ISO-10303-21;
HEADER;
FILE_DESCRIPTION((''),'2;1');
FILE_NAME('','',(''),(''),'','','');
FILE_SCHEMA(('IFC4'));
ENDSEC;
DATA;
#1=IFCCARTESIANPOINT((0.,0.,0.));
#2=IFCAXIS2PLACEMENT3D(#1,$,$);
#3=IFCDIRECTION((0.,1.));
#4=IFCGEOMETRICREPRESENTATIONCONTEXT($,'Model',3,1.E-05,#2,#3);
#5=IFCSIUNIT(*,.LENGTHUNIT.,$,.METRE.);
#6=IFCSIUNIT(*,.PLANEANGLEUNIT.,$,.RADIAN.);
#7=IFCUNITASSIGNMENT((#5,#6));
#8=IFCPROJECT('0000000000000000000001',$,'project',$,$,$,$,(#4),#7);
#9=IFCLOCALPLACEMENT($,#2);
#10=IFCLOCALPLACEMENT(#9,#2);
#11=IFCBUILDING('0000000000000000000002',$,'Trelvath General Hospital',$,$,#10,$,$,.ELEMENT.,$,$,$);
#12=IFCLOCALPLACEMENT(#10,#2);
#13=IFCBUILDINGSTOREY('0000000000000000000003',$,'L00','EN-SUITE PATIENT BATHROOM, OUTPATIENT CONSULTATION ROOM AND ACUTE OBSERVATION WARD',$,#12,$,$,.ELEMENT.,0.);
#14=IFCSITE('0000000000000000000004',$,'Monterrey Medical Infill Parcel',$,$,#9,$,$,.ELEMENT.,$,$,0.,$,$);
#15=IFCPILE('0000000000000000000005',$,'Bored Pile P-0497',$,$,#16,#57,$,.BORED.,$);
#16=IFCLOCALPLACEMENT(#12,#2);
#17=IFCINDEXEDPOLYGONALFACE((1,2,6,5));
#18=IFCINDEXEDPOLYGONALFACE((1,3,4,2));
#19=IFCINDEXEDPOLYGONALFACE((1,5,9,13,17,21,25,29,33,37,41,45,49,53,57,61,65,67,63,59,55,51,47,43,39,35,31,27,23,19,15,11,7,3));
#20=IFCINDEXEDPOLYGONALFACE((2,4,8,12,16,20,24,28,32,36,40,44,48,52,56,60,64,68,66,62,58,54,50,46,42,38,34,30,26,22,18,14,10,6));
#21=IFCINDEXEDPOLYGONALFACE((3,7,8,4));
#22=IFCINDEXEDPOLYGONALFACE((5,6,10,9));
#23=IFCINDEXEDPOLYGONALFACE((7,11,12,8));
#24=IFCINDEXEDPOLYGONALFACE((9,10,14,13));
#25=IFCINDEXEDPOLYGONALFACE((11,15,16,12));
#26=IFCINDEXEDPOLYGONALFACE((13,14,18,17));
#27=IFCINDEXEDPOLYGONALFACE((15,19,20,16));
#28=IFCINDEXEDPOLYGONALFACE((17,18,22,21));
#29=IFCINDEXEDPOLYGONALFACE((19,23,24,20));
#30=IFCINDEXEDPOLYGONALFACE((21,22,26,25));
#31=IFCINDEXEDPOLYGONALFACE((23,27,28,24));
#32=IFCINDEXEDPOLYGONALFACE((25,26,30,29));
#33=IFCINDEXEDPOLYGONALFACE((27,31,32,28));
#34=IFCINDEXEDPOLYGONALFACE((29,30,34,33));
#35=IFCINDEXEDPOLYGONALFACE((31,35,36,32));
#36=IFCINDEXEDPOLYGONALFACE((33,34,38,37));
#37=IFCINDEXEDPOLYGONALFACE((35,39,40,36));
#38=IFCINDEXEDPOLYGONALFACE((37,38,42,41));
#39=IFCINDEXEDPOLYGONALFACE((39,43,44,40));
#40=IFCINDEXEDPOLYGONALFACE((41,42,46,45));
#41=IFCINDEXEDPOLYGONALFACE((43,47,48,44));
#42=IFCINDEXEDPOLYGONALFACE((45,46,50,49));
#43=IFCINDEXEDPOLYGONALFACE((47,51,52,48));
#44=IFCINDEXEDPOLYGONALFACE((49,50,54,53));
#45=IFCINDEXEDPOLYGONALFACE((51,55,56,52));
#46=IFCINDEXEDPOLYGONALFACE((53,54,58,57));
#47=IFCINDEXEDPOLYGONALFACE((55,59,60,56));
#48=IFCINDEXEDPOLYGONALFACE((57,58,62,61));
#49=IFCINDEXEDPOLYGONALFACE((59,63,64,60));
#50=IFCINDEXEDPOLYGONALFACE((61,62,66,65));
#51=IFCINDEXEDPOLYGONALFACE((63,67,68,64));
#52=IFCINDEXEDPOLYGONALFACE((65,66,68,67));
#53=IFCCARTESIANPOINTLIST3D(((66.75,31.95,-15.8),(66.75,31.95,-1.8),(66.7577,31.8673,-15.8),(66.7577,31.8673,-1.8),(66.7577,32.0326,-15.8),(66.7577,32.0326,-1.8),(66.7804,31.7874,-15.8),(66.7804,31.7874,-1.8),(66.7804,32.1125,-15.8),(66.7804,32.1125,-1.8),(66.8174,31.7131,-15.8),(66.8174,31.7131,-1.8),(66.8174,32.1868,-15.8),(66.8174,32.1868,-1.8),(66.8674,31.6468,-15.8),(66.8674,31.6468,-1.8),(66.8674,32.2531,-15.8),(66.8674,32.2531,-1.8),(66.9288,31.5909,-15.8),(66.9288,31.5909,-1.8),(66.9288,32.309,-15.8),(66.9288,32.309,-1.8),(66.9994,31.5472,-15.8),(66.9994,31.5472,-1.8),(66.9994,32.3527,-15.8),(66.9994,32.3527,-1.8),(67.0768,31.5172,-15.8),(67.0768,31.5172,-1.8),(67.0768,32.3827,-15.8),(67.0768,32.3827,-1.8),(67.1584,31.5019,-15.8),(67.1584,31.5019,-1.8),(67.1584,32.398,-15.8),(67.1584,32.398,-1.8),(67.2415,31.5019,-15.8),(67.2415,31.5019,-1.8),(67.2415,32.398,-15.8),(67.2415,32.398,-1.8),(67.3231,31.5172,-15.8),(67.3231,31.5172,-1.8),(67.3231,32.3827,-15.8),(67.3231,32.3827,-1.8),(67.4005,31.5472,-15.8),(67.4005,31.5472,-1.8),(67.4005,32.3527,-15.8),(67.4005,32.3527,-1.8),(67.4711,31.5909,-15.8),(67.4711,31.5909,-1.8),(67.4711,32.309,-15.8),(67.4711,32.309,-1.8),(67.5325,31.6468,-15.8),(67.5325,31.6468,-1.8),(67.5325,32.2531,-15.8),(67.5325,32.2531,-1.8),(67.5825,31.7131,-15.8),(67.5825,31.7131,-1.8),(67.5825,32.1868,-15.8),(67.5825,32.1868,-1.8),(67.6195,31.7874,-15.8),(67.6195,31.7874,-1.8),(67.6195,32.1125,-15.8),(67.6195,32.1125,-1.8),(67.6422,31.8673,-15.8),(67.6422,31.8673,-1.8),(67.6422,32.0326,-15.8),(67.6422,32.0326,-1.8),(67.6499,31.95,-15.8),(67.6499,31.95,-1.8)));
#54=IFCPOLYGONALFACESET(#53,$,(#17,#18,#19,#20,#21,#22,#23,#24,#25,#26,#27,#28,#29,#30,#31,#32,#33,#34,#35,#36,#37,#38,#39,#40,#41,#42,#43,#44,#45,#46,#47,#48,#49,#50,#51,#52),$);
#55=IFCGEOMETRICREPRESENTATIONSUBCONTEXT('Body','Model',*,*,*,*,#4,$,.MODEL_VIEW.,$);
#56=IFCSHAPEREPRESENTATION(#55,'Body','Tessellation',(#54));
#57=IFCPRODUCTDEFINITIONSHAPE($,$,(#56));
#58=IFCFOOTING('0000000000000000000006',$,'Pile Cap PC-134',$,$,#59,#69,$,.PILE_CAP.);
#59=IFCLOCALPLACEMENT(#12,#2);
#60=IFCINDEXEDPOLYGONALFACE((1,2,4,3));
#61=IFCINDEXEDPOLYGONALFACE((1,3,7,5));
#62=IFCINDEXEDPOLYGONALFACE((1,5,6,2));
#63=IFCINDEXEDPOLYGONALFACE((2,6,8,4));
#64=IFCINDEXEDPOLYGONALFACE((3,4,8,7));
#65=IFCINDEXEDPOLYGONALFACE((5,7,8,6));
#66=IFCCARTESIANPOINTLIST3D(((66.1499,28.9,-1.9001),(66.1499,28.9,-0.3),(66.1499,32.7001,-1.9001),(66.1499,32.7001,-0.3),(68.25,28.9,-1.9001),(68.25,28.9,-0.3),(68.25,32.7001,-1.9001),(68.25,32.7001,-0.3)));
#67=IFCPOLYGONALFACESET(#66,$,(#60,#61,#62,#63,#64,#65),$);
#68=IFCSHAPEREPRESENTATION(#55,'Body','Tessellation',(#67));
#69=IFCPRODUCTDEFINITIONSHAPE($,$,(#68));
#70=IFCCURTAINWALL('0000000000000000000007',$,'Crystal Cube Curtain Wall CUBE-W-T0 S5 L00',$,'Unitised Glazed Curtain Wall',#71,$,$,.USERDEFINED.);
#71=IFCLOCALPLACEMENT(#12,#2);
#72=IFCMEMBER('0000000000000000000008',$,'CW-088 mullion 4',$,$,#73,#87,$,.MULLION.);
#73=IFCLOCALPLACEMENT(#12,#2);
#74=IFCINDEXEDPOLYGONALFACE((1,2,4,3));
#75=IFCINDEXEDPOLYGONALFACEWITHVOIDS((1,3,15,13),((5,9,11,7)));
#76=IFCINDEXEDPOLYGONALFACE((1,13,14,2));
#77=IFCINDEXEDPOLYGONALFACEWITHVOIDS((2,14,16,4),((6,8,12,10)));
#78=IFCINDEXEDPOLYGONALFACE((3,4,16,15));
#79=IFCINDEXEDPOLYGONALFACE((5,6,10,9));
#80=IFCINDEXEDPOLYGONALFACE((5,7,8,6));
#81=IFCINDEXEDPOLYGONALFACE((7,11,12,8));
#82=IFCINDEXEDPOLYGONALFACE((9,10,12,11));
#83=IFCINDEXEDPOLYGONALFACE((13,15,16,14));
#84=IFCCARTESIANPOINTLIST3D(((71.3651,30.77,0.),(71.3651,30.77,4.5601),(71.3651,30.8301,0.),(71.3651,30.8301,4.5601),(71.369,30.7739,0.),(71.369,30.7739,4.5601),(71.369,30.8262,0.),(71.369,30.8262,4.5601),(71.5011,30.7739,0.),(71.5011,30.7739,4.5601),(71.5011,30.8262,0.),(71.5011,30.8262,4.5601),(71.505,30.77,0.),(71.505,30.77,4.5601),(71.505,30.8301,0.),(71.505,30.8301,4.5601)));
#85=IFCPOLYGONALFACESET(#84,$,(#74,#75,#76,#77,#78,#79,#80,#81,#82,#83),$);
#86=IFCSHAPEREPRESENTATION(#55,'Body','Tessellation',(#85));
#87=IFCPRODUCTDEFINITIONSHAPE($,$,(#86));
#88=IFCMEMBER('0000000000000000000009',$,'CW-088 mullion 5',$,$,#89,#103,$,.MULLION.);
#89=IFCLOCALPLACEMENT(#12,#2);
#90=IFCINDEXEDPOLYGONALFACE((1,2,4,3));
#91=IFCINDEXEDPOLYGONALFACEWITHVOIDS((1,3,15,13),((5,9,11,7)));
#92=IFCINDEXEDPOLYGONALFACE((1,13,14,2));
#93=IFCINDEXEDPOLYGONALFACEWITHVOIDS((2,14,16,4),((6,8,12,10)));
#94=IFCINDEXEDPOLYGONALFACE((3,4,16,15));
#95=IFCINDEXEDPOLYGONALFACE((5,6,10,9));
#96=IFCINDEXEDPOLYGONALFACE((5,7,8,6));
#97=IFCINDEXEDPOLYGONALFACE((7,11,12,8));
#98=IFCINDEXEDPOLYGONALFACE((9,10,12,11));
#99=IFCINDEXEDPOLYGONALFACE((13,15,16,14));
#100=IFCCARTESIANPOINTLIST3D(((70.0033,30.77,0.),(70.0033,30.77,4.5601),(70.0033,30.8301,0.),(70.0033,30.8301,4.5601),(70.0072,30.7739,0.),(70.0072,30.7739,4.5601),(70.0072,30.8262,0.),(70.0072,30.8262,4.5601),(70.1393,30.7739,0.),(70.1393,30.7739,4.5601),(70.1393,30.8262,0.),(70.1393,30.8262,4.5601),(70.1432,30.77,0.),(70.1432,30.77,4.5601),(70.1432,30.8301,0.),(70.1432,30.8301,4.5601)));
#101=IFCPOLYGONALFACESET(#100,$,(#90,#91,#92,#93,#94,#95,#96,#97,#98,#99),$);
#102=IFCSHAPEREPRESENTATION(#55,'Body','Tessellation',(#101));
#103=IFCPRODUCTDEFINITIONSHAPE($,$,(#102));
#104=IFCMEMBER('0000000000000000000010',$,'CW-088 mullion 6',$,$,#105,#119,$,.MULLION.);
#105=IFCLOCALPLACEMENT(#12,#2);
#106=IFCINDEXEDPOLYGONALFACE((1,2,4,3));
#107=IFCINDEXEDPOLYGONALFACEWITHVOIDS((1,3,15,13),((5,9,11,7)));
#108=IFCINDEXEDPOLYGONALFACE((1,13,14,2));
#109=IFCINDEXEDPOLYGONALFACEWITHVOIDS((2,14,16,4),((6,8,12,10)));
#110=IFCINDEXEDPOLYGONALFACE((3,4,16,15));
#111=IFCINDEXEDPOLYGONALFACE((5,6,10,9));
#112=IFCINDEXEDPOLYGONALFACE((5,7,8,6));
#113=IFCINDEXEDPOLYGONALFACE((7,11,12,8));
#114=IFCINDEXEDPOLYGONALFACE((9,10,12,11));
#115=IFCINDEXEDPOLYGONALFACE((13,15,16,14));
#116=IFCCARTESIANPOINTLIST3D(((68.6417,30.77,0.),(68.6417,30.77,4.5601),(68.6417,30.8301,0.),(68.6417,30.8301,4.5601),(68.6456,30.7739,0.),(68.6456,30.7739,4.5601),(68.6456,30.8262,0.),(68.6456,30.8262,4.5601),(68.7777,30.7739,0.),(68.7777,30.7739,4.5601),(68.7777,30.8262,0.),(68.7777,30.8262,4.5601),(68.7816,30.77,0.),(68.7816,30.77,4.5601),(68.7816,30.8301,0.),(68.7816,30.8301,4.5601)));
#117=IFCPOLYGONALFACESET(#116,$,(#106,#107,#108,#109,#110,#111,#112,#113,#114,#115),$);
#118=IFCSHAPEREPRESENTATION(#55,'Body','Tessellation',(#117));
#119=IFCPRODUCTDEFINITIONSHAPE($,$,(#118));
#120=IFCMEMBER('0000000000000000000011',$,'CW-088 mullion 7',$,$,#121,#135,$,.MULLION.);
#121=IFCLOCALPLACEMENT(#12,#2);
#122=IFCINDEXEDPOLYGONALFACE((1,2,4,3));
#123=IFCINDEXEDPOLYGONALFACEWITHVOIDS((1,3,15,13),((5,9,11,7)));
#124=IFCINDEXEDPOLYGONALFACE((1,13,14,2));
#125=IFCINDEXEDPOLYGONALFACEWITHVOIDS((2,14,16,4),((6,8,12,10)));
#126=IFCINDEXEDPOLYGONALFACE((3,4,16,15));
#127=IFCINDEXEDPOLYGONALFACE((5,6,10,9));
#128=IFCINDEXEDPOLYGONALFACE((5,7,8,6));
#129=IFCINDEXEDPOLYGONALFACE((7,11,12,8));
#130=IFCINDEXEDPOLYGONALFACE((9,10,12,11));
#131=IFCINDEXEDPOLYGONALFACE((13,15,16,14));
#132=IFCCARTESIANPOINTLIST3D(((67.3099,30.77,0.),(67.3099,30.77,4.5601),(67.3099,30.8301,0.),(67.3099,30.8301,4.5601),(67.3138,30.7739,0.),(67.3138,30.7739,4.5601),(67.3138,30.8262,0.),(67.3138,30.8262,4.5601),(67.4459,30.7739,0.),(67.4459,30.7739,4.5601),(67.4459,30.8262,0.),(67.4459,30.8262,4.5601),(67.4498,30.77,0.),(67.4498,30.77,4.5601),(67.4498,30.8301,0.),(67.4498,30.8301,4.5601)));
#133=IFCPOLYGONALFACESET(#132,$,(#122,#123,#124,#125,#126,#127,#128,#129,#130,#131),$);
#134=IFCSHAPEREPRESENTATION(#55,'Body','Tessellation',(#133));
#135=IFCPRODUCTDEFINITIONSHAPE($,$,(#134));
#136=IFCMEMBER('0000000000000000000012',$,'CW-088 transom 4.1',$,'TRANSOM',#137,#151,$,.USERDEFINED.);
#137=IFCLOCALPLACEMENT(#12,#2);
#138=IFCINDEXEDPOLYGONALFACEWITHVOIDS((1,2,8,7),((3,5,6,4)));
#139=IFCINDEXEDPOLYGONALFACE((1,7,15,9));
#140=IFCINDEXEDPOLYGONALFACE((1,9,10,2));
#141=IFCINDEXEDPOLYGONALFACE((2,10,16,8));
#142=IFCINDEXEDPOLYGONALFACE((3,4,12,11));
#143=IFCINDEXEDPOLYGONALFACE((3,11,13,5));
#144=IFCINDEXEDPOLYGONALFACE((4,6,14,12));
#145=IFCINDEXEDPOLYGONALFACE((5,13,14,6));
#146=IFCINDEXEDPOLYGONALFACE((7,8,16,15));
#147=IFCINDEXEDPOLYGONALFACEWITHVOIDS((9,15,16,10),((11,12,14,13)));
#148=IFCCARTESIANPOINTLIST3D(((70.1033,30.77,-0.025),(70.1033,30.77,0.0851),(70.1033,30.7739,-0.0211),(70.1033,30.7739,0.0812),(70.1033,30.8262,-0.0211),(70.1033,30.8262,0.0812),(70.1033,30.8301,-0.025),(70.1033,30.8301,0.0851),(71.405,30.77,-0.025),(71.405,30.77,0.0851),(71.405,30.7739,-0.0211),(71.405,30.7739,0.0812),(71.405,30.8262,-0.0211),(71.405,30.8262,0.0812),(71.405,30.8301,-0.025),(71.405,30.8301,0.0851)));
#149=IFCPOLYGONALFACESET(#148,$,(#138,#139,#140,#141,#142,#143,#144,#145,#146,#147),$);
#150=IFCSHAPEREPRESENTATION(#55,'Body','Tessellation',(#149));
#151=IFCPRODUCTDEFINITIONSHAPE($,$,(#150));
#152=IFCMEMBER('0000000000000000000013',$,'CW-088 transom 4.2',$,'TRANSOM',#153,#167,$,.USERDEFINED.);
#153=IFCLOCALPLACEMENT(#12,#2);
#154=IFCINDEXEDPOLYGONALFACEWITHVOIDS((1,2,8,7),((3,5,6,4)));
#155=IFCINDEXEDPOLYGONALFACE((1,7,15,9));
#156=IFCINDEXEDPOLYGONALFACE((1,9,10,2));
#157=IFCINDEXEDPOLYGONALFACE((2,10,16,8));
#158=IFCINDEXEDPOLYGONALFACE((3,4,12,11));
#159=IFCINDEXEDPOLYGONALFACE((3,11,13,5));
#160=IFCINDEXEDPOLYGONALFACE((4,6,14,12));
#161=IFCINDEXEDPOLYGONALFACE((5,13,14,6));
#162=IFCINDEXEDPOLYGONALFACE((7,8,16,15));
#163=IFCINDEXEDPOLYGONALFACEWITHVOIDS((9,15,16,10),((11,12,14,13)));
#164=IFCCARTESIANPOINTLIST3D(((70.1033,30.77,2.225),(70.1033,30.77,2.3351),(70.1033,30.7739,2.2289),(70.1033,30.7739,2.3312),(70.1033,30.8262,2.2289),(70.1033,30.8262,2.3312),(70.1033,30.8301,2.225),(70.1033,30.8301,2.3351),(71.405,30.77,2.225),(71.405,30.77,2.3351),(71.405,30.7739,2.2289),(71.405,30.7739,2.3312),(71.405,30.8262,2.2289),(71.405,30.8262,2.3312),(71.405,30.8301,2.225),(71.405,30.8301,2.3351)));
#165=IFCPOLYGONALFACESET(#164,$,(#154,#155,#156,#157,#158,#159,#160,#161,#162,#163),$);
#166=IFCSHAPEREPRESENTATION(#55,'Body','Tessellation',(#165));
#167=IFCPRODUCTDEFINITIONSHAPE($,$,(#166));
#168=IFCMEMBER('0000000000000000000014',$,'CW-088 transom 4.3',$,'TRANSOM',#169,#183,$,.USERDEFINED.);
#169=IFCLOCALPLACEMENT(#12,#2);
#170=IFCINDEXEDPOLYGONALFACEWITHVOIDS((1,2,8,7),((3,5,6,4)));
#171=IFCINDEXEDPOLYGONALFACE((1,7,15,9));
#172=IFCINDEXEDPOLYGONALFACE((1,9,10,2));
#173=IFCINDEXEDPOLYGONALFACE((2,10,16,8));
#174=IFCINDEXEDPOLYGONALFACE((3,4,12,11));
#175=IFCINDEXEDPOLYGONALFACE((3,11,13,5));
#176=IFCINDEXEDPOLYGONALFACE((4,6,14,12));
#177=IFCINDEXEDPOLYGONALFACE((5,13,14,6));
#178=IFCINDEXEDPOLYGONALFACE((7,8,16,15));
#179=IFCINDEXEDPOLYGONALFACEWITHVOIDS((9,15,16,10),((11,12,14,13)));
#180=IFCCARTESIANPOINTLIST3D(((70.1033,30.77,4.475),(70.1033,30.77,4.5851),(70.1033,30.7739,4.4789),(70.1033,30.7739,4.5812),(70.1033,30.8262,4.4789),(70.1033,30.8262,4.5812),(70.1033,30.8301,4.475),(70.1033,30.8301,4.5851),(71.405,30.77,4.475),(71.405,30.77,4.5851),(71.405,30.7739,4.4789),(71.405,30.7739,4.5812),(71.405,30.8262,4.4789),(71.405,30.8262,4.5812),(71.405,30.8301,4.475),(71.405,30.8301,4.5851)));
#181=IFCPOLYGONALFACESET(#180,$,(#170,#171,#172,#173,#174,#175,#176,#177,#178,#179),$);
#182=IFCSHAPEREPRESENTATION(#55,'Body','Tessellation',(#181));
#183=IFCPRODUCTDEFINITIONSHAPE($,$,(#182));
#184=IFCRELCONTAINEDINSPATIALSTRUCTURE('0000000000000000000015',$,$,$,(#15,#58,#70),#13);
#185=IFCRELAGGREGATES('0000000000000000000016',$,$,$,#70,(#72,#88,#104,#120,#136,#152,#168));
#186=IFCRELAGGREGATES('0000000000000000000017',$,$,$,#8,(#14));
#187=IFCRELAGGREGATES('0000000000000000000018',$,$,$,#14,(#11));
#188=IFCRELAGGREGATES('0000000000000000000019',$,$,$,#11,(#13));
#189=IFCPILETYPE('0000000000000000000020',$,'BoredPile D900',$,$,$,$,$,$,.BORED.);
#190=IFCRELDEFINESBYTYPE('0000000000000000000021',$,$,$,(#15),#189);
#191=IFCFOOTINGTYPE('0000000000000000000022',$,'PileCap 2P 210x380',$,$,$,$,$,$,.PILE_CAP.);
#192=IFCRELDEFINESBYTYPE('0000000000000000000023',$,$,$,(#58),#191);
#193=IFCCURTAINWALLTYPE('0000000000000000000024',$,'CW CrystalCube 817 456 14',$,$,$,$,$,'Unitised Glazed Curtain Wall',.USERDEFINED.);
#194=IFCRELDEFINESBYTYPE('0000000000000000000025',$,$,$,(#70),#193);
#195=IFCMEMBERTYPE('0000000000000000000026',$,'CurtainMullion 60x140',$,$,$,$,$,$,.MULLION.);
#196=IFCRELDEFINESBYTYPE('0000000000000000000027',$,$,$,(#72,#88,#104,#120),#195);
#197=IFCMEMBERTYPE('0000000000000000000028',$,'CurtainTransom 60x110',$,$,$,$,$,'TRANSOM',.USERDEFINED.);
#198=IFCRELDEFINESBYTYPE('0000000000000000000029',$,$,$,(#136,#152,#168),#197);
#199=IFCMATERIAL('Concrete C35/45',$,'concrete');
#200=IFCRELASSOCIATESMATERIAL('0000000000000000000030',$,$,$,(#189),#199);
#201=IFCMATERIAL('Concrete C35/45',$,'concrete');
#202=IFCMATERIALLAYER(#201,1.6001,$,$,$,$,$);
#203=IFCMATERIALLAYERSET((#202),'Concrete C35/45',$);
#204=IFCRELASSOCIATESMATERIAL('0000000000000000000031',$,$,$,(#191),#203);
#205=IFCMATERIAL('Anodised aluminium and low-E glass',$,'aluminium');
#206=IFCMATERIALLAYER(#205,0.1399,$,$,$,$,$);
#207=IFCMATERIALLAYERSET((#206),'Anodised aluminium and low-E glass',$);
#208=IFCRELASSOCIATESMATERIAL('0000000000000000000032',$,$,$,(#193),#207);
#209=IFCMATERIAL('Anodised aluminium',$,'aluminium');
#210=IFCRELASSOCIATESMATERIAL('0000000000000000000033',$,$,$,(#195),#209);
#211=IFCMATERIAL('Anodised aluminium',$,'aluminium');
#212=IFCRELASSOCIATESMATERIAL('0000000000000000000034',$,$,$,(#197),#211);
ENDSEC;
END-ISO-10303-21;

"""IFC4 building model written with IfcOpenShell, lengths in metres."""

from ifc_helpers import new_model, si_unit, direction, frame, origin, origin_2d, place, context, subcontext, project, spatial, rectangle, hollow_rectangle, circle, extrude, material, layer, layer_set, material_profile, profile_set, type_object, element, aggregate, save


model = new_model("IFC4")

# Units and contexts
model_context = context("Model", 3, precision=1e-05, world=origin(), true_north=direction((0.0, 1.0)))
body_context = subcontext(model_context, "Body", "Model", "MODEL_VIEW")
ifc_project = project(units=[si_unit("LENGTHUNIT", "METRE"), si_unit("PLANEANGLEUNIT", "RADIAN")], contexts=[model_context])

# Site, building, storey
site_placement = place(None, origin())
site = spatial("IfcSite", under=ifc_project, at=site_placement, Name="Monterrey Medical Infill Parcel", CompositionType="ELEMENT", RefElevation=0.0)
building_placement = place(site_placement, origin())
building = spatial("IfcBuilding", under=site, at=building_placement, Name="Trelvath General Hospital", CompositionType="ELEMENT")
storey_placement = place(building_placement, origin())
storey = spatial("IfcBuildingStorey", under=building, at=storey_placement, Name="L00", Description="EN-SUITE PATIENT BATHROOM, OUTPATIENT CONSULTATION ROOM AND ACUTE OBSERVATION WARD", CompositionType="ELEMENT", Elevation=0.0)

# Pile
ifc_material_1 = material(Name="Concrete C35/45", Category="concrete")
ifc_material_profile_1 = material_profile(ifc_material_1, circle(Radius=0.45, at=origin_2d()), Name="PILE900")
ifc_profile_set_1 = profile_set([ifc_material_profile_1], Name="Concrete C35/45")
pile_type = type_object("IfcPileType", Name="BoredPile D900", PredefinedType="BORED", material=ifc_profile_set_1)
pile_placement = place(storey_placement, frame((67.2, 31.95, -1.8), z_axis=(0.0, 0.0, -1.0), x_axis=(1.0, 0.0, 0.0)))
element("IfcPile", 1, at=pile_placement, inside=storey, type_object=pile_type, Name="Bored Pile P-0497", PredefinedType="BORED", context=body_context, shape_type="SweptSolid", body=[
    extrude(circle(Radius=0.45, at=origin_2d()), origin(), (0.0, 0.0, 1.0), 14.0),
])

# Footing
ifc_material_2 = material(Name="Concrete C35/45", Category="concrete")
ifc_layer_1 = layer(ifc_material_2, 1.6001)
ifc_layer_set_1 = layer_set([ifc_layer_1], Name="Concrete C35/45")
footing_type = type_object("IfcFootingType", Name="PileCap 2P 210x380", PredefinedType="PILE_CAP", material=ifc_layer_set_1)
footing_placement = place(storey_placement, frame((67.2, 30.8, -1.9001), z_axis=(0.0, 0.0, 1.0), x_axis=(1.0, 0.0, 0.0)))
element("IfcFooting", 2, at=footing_placement, inside=storey, type_object=footing_type, Name="Pile Cap PC-134", PredefinedType="PILE_CAP", context=body_context, shape_type="SweptSolid", body=[
    extrude(rectangle(XDim=2.1001, YDim=3.8, at=origin_2d()), origin(), (0.0, 0.0, 1.0), 1.6001),
])

# Curtain wall, members
ifc_material_3 = material(Name="Anodised aluminium and low-E glass", Category="aluminium")
ifc_layer_2 = layer(ifc_material_3, 0.1399)
ifc_layer_set_2 = layer_set([ifc_layer_2], Name="Anodised aluminium and low-E glass")
curtain_wall_type = type_object("IfcCurtainWallType", Name="CW CrystalCube 817 456 14", ElementType="Unitised Glazed Curtain Wall", PredefinedType="USERDEFINED", material=ifc_layer_set_2)
curtain_wall_placement = place(storey_placement, origin())
curtain_wall = element("IfcCurtainWall", 3, at=curtain_wall_placement, inside=storey, type_object=curtain_wall_type, Name="Crystal Cube Curtain Wall CUBE-W-T0 S5 L00", ObjectType="Unitised Glazed Curtain Wall", PredefinedType="USERDEFINED")
ifc_material_4 = material(Name="Anodised aluminium", Category="aluminium")
ifc_material_profile_2 = material_profile(ifc_material_4, hollow_rectangle(XDim=0.0601, YDim=0.1399, WallThickness=0.0039, at=origin_2d()), Name="RHS60x140x4")
ifc_profile_set_2 = profile_set([ifc_material_profile_2], Name="Anodised aluminium")
member_type_1 = type_object("IfcMemberType", Name="CurtainMullion 60x140", PredefinedType="MULLION", material=ifc_profile_set_2)
member_1_placement = place(storey_placement, frame((71.4351, 30.8, 0.0), z_axis=(0.0, 0.0, 1.0), x_axis=(0.0, -1.0, 0.0)))
member_1 = element("IfcMember", 4, at=member_1_placement, type_object=member_type_1, Name="CW-088 mullion 4", PredefinedType="MULLION", context=body_context, shape_type="SweptSolid", body=[
    extrude(hollow_rectangle(XDim=0.0601, YDim=0.1399, WallThickness=0.0039, at=origin_2d()), origin(), (0.0, 0.0, 1.0), 4.5601),
])
member_2_placement = place(storey_placement, frame((70.0732, 30.8, 0.0), z_axis=(0.0, 0.0, 1.0), x_axis=(0.0, -1.0, 0.0)))
member_2 = element("IfcMember", 5, at=member_2_placement, type_object=member_type_1, Name="CW-088 mullion 5", PredefinedType="MULLION", context=body_context, shape_type="SweptSolid", body=[
    extrude(hollow_rectangle(XDim=0.0601, YDim=0.1399, WallThickness=0.0039, at=origin_2d()), origin(), (0.0, 0.0, 1.0), 4.5601),
])
member_3_placement = place(storey_placement, frame((68.7117, 30.8, 0.0), z_axis=(0.0, 0.0, 1.0), x_axis=(0.0, -1.0, 0.0)))
member_3 = element("IfcMember", 6, at=member_3_placement, type_object=member_type_1, Name="CW-088 mullion 6", PredefinedType="MULLION", context=body_context, shape_type="SweptSolid", body=[
    extrude(hollow_rectangle(XDim=0.0601, YDim=0.1399, WallThickness=0.0039, at=origin_2d()), origin(), (0.0, 0.0, 1.0), 4.5601),
])
member_4_placement = place(storey_placement, frame((67.3799, 30.8, 0.0), z_axis=(0.0, 0.0, 1.0), x_axis=(0.0, -1.0, 0.0)))
member_4 = element("IfcMember", 7, at=member_4_placement, type_object=member_type_1, Name="CW-088 mullion 7", PredefinedType="MULLION", context=body_context, shape_type="SweptSolid", body=[
    extrude(hollow_rectangle(XDim=0.0601, YDim=0.1399, WallThickness=0.0039, at=origin_2d()), origin(), (0.0, 0.0, 1.0), 4.5601),
])
ifc_material_5 = material(Name="Anodised aluminium", Category="aluminium")
ifc_material_profile_3 = material_profile(ifc_material_5, hollow_rectangle(XDim=0.0601, YDim=0.1101, WallThickness=0.0039, at=origin_2d()), Name="RHS60x110x4")
ifc_profile_set_3 = profile_set([ifc_material_profile_3], Name="Anodised aluminium")
member_type_2 = type_object("IfcMemberType", Name="CurtainTransom 60x110", ElementType="TRANSOM", PredefinedType="USERDEFINED", material=ifc_profile_set_3)
member_5_placement = place(storey_placement, frame((71.405, 30.8, 0.03), z_axis=(-1.0, 0.0, 0.0), x_axis=(0.0, -1.0, 0.0)))
member_5 = element("IfcMember", 8, at=member_5_placement, type_object=member_type_2, Name="CW-088 transom 4.1", ObjectType="TRANSOM", PredefinedType="USERDEFINED", context=body_context, shape_type="SweptSolid", body=[
    extrude(hollow_rectangle(XDim=0.0601, YDim=0.1101, WallThickness=0.0039, at=origin_2d()), origin(), (0.0, 0.0, 1.0), 1.3018),
])
member_6_placement = place(storey_placement, frame((71.405, 30.8, 2.28), z_axis=(-1.0, 0.0, 0.0), x_axis=(0.0, -1.0, 0.0)))
member_6 = element("IfcMember", 9, at=member_6_placement, type_object=member_type_2, Name="CW-088 transom 4.2", ObjectType="TRANSOM", PredefinedType="USERDEFINED", context=body_context, shape_type="SweptSolid", body=[
    extrude(hollow_rectangle(XDim=0.0601, YDim=0.1101, WallThickness=0.0039, at=origin_2d()), origin(), (0.0, 0.0, 1.0), 1.3018),
])
member_7_placement = place(storey_placement, frame((71.405, 30.8, 4.53), z_axis=(-1.0, 0.0, 0.0), x_axis=(0.0, -1.0, 0.0)))
member_7 = element("IfcMember", 10, at=member_7_placement, type_object=member_type_2, Name="CW-088 transom 4.3", ObjectType="TRANSOM", PredefinedType="USERDEFINED", context=body_context, shape_type="SweptSolid", body=[
    extrude(hollow_rectangle(XDim=0.0601, YDim=0.1101, WallThickness=0.0039, at=origin_2d()), origin(), (0.0, 0.0, 1.0), 1.3018),
])
aggregate(curtain_wall, [member_1, member_2, member_3, member_4, member_5, member_6, member_7])

save(model, "model.ifc")
